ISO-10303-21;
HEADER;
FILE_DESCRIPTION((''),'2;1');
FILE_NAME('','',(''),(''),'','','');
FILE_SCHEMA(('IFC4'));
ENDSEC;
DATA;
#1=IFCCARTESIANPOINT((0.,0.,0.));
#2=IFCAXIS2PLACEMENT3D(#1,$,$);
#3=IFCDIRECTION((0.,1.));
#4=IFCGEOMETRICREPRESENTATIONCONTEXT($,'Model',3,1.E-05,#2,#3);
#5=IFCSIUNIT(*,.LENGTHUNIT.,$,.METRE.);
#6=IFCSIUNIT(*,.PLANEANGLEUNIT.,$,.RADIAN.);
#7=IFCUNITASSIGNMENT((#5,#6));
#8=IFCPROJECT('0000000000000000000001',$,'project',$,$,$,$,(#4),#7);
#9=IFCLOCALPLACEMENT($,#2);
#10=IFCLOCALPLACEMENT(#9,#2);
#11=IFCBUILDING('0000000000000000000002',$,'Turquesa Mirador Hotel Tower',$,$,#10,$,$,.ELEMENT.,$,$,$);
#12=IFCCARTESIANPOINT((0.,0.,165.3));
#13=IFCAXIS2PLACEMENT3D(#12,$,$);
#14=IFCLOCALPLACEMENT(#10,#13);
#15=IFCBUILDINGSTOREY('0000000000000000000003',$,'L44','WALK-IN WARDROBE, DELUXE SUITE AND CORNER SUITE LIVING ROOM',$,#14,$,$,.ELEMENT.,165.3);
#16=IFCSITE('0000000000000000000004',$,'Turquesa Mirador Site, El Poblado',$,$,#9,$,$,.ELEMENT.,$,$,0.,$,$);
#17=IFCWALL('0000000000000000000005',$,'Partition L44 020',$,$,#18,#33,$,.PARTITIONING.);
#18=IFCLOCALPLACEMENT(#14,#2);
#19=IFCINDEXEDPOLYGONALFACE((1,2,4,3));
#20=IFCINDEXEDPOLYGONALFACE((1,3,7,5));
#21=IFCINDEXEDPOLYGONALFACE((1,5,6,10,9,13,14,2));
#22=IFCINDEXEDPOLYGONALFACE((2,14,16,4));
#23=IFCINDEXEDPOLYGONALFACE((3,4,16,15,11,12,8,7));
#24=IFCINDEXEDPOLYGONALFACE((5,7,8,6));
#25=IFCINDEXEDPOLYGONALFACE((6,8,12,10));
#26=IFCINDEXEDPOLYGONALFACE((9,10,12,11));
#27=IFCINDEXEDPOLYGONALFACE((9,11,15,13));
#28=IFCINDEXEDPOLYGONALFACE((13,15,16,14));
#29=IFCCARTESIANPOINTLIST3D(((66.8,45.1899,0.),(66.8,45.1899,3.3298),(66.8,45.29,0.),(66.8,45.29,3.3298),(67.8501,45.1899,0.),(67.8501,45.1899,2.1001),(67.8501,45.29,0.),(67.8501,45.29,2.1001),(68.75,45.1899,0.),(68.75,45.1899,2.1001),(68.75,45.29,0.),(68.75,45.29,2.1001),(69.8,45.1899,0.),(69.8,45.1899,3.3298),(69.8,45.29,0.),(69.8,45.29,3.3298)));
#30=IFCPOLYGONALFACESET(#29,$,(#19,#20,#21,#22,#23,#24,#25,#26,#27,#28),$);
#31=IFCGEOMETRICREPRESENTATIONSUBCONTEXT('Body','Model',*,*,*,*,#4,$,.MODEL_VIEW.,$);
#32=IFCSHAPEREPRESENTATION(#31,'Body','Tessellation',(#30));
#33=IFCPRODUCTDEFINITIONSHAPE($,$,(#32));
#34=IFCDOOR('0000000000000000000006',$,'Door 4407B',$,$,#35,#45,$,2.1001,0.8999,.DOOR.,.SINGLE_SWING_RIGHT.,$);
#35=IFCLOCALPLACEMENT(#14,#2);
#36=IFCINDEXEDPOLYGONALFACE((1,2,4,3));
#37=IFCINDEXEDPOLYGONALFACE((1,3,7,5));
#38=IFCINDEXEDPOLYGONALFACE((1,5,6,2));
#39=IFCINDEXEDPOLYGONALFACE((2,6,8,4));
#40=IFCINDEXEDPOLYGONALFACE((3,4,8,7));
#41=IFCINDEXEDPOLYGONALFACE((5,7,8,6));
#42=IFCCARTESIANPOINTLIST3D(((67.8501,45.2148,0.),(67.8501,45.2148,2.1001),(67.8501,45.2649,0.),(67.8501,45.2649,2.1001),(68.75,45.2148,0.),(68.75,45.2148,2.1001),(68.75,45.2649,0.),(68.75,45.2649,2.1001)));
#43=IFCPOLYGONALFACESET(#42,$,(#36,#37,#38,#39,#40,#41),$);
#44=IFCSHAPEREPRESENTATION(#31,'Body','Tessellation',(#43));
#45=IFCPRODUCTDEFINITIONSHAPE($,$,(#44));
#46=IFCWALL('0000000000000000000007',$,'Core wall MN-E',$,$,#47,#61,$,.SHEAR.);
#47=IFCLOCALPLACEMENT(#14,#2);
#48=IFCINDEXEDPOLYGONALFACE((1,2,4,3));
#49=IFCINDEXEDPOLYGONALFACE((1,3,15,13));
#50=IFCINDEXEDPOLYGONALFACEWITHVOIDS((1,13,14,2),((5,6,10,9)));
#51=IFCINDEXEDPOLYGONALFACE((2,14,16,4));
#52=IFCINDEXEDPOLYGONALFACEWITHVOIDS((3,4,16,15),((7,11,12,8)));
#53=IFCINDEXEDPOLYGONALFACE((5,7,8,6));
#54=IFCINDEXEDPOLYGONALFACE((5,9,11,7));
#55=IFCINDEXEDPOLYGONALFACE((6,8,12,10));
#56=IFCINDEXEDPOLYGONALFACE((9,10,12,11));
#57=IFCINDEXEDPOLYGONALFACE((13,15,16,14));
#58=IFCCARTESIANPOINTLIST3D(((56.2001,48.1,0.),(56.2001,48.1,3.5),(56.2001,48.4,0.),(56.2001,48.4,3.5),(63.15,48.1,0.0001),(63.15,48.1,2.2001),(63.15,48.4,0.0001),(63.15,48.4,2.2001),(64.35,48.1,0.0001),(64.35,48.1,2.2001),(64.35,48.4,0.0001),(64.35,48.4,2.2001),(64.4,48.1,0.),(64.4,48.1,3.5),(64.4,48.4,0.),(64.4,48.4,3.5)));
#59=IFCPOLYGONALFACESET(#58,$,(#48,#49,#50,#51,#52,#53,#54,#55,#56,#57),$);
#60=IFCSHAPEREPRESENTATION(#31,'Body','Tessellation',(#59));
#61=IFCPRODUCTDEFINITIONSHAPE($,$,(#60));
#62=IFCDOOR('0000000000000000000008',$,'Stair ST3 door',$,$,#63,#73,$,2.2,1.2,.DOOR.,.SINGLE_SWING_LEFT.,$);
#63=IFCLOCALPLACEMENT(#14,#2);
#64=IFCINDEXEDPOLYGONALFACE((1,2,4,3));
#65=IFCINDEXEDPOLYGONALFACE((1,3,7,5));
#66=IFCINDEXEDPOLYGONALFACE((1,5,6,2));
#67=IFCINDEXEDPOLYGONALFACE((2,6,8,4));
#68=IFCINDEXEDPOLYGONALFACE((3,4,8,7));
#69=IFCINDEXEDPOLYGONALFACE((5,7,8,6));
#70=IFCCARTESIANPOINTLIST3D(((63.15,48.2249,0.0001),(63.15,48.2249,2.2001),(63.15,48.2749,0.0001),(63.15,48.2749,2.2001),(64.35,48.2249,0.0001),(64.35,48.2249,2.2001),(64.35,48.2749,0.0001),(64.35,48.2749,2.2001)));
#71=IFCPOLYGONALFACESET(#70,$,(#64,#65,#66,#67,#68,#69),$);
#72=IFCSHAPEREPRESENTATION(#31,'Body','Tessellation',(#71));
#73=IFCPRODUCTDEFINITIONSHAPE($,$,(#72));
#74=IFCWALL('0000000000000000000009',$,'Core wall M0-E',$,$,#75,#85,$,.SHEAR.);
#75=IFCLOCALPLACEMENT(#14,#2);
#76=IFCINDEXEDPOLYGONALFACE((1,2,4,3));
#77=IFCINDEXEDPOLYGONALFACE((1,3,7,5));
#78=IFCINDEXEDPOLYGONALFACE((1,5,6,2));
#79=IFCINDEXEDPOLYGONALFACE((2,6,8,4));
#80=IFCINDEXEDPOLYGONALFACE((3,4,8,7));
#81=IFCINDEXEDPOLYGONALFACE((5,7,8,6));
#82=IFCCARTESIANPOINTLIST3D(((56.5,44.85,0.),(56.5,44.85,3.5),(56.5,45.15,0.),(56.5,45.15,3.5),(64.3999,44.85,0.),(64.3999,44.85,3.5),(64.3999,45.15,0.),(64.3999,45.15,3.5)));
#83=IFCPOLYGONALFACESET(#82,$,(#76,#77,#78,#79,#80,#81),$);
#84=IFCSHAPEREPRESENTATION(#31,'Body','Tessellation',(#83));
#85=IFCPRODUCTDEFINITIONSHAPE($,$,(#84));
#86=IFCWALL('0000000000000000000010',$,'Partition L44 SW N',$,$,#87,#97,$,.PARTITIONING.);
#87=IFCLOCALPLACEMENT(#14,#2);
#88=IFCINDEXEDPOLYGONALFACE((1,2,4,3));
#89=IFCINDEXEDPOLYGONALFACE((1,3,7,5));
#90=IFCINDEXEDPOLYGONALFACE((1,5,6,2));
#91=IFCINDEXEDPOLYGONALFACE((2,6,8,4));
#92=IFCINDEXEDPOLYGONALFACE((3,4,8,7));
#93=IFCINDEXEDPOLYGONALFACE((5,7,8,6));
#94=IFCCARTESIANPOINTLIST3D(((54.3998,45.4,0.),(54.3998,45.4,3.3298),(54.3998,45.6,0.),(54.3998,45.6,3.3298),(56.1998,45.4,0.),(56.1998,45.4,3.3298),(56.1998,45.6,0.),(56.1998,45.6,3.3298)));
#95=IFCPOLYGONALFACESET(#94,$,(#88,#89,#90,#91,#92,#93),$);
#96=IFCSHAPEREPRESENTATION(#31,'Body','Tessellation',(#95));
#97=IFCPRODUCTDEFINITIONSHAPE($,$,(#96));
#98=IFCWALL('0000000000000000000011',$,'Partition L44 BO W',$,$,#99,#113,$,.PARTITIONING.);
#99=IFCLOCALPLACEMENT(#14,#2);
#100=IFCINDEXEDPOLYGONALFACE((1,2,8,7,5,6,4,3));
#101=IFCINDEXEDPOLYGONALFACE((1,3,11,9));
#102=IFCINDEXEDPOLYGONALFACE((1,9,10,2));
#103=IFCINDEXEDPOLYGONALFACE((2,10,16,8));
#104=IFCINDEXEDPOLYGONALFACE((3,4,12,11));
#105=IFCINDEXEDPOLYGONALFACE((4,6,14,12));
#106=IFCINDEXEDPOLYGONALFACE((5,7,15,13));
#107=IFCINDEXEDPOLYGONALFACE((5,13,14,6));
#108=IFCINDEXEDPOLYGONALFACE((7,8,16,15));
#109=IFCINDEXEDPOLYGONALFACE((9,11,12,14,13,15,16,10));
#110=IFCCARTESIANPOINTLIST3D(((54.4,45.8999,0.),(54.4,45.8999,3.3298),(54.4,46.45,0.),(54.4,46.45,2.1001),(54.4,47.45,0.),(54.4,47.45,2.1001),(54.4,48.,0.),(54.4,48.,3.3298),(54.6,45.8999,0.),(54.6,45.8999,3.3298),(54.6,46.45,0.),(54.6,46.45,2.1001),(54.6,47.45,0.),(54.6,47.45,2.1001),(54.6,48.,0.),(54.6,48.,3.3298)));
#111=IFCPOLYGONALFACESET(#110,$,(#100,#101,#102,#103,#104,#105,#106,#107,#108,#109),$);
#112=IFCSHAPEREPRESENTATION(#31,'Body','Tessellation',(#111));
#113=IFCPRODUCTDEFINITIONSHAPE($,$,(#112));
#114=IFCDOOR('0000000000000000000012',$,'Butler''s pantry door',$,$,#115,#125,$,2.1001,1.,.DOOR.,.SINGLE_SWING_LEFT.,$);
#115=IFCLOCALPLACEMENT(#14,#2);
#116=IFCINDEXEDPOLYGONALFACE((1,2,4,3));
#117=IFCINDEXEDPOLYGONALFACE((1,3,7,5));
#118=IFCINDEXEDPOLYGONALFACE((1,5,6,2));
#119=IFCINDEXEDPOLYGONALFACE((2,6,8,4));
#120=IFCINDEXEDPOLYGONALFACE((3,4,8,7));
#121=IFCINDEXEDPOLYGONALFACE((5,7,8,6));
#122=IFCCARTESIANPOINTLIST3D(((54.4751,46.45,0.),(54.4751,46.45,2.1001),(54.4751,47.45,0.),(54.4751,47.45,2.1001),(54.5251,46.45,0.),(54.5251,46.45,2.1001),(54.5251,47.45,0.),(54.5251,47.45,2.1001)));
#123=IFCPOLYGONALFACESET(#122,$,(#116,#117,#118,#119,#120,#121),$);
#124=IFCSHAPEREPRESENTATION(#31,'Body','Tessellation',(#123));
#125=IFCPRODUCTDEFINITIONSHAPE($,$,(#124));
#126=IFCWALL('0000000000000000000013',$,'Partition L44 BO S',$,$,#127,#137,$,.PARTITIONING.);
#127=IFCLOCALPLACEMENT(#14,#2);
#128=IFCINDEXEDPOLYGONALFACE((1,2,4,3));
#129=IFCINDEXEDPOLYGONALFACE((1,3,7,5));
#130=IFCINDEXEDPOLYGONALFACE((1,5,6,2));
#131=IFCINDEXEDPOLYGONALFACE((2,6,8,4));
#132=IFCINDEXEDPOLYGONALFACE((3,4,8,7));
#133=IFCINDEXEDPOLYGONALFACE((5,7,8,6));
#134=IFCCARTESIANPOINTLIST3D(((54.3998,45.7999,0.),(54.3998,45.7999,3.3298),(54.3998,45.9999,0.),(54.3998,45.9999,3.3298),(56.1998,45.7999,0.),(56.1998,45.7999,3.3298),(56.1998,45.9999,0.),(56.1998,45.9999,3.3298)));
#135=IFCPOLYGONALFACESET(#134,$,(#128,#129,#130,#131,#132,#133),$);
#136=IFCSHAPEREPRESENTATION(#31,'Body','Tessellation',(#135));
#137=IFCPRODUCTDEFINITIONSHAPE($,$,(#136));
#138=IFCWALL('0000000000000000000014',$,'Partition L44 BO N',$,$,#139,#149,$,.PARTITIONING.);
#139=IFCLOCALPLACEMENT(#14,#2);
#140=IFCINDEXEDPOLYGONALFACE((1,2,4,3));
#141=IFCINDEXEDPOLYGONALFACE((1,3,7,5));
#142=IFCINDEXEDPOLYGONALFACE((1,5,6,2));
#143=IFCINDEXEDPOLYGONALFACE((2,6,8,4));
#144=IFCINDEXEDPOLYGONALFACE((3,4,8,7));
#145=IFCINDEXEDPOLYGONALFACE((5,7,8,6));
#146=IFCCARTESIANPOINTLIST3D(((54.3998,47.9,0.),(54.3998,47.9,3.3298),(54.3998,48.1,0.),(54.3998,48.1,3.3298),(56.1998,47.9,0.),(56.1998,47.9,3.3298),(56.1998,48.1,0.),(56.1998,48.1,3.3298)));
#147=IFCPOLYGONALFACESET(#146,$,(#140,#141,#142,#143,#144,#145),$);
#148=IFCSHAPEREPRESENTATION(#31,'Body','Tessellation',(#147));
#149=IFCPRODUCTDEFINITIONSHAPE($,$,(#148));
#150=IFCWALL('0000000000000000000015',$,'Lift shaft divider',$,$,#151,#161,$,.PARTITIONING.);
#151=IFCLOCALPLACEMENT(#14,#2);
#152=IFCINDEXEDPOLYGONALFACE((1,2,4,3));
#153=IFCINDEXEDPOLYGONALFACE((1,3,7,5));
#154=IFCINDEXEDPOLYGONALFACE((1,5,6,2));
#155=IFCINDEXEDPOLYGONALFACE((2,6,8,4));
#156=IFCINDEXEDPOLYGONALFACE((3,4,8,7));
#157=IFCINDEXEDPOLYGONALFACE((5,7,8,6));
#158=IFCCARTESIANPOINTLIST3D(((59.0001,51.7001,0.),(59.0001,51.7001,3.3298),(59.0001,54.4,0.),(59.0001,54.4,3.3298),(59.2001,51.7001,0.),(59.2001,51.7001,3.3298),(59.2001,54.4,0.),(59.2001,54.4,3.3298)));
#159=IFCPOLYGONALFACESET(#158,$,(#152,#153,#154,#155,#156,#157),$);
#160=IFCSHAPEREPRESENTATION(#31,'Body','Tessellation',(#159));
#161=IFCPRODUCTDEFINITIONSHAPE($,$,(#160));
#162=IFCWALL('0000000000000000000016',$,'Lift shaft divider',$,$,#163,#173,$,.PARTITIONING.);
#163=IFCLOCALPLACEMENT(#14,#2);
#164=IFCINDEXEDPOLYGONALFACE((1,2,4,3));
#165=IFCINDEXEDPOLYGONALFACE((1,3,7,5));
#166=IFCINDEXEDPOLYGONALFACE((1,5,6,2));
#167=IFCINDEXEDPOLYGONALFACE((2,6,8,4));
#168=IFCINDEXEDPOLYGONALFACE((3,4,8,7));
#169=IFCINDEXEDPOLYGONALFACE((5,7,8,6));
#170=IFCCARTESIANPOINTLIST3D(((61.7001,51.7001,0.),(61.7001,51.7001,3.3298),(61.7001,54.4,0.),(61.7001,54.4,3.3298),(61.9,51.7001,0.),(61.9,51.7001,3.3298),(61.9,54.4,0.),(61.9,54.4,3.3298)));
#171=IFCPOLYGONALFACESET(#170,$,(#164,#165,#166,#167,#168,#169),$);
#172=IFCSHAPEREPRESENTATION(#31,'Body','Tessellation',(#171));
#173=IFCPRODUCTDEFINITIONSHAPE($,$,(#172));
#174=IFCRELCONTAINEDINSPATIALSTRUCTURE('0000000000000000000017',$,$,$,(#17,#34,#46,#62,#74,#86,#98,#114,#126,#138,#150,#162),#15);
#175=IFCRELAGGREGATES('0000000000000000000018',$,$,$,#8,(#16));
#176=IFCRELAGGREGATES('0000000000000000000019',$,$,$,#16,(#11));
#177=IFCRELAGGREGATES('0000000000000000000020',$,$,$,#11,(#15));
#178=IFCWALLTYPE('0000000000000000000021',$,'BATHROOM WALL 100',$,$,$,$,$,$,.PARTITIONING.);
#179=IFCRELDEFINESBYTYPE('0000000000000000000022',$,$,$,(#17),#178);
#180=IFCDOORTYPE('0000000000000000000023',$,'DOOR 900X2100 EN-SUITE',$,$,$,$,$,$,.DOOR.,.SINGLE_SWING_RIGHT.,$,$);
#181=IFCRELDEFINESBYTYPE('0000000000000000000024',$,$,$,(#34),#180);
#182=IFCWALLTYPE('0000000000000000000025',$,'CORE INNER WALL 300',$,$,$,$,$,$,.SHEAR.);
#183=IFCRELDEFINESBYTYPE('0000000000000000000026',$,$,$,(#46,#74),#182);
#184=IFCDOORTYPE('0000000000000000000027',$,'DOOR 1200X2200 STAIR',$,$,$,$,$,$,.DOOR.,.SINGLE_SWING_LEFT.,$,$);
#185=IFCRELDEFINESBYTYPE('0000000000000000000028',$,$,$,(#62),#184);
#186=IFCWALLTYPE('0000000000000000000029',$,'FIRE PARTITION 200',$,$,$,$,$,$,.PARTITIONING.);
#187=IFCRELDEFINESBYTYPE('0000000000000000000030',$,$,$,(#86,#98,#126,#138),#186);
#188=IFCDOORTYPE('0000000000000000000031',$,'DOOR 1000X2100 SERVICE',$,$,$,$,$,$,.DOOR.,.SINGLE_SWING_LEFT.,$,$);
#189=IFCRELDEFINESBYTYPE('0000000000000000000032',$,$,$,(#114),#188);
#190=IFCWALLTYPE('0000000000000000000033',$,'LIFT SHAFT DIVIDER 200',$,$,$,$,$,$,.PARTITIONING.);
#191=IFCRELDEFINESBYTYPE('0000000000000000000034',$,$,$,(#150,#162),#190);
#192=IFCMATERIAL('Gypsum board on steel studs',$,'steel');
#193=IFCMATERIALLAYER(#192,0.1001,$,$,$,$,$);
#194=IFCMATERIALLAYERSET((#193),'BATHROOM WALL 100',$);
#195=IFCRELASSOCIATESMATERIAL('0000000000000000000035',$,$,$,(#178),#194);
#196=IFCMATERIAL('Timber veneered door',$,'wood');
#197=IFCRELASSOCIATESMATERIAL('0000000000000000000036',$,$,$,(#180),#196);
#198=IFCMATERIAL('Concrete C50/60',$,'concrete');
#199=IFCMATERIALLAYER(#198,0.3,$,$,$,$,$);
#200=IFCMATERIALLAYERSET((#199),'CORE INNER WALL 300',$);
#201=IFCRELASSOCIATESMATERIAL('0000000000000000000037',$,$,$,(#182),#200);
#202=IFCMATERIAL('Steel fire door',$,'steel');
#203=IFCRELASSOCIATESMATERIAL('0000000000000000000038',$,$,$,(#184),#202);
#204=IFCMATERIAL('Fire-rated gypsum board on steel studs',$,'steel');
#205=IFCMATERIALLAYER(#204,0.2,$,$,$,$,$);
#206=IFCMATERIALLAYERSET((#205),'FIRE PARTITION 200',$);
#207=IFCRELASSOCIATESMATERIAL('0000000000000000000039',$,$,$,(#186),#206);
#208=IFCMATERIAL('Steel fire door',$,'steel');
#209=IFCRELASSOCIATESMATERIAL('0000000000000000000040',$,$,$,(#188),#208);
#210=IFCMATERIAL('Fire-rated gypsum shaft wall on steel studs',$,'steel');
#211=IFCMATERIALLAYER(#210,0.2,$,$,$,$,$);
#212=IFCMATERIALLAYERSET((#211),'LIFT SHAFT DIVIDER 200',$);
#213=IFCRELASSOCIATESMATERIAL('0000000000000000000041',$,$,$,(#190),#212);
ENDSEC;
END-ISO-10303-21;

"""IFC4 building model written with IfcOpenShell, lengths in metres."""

from ifc_helpers import new_model, si_unit, direction, frame, frame_2d, origin, place, context, subcontext, project, spatial, rectangle, extrude, material, layer, layer_set, type_object, element, fill, save


model = new_model("IFC4")

# Units and contexts
model_context = context("Model", 3, precision=1e-05, world=origin(), true_north=direction((0.0, 1.0)))
body_context = subcontext(model_context, "Body", "Model", "MODEL_VIEW")
ifc_project = project(units=[si_unit("LENGTHUNIT", "METRE"), si_unit("PLANEANGLEUNIT", "RADIAN")], contexts=[model_context])

# Site, building, storey
site_placement = place(None, origin())
site = spatial("IfcSite", under=ifc_project, at=site_placement, Name="Turquesa Mirador Site, El Poblado", CompositionType="ELEMENT", RefElevation=0.0)
building_placement = place(site_placement, origin())
building = spatial("IfcBuilding", under=site, at=building_placement, Name="Turquesa Mirador Hotel Tower", CompositionType="ELEMENT")
storey_placement = place(building_placement, frame((0.0, 0.0, 165.3)))
storey = spatial("IfcBuildingStorey", under=building, at=storey_placement, Name="L44", Description="WALK-IN WARDROBE, DELUXE SUITE AND CORNER SUITE LIVING ROOM", CompositionType="ELEMENT", Elevation=165.3)

# Walls, openings, doors
ifc_material_1 = material(Name="Gypsum board on steel studs", Category="steel")
ifc_layer_1 = layer(ifc_material_1, 0.1001)
ifc_layer_set_1 = layer_set([ifc_layer_1], Name="BATHROOM WALL 100")
wall_type_1 = type_object("IfcWallType", Name="BATHROOM WALL 100", PredefinedType="PARTITIONING", material=ifc_layer_set_1)
wall_1_placement = place(storey_placement, frame((66.8, 45.24, 0.0), z_axis=(0.0, 0.0, 1.0), x_axis=(1.0, 0.0, 0.0)))
wall_1 = element("IfcWall", 1, at=wall_1_placement, inside=storey, type_object=wall_type_1, Name="Partition L44 020", PredefinedType="PARTITIONING", context=body_context, shape_type="SweptSolid", body=[
    extrude(rectangle(XDim=3.0, YDim=0.1001, at=frame_2d((1.5, 0.0))), origin(), (0.0, 0.0, 1.0), 3.3298),
])
opening_1_placement = place(wall_1_placement, frame((1.05, 0.0, 0.0)))
opening_1 = element("IfcOpeningElement", 2, at=opening_1_placement, cuts=wall_1, PredefinedType="OPENING", context=body_context, shape_type="SweptSolid", body=[
    extrude(rectangle(XDim=0.8999, YDim=2.1001, at=frame_2d((0.45, 1.05))), frame((0.0, 0.0601, 0.0), z_axis=(0.0, -1.0, 0.0), x_axis=(1.0, 0.0, 0.0)), (0.0, 0.0, 1.0), 0.1201),
])
ifc_material_2 = material(Name="Timber veneered door", Category="wood")
door_type_1 = type_object("IfcDoorType", Name="DOOR 900X2100 EN-SUITE", OperationType="SINGLE_SWING_RIGHT", PredefinedType="DOOR", material=ifc_material_2)
door_1_placement = place(opening_1_placement, origin())
door_1 = element("IfcDoor", 3, at=door_1_placement, inside=storey, type_object=door_type_1, Name="Door 4407B", OperationType="SINGLE_SWING_RIGHT", OverallHeight=2.1001, OverallWidth=0.8999, PredefinedType="DOOR", context=body_context, shape_type="SweptSolid", body=[
    extrude(rectangle(XDim=0.8999, YDim=2.1001, at=frame_2d((0.45, 1.05))), frame((0.0, 0.0249, 0.0), z_axis=(0.0, -1.0, 0.0), x_axis=(1.0, 0.0, 0.0)), (0.0, 0.0, 1.0), 0.05),
])
fill(opening_1, door_1)
ifc_material_3 = material(Name="Concrete C50/60", Category="concrete")
ifc_layer_2 = layer(ifc_material_3, 0.3)
ifc_layer_set_2 = layer_set([ifc_layer_2], Name="CORE INNER WALL 300")
wall_type_2 = type_object("IfcWallType", Name="CORE INNER WALL 300", PredefinedType="SHEAR", material=ifc_layer_set_2)
wall_2_placement = place(storey_placement, frame((56.2, 48.25, 0.0), z_axis=(0.0, 0.0, 1.0), x_axis=(1.0, 0.0, 0.0)))
wall_2 = element("IfcWall", 4, at=wall_2_placement, inside=storey, type_object=wall_type_2, Name="Core wall MN-E", PredefinedType="SHEAR", context=body_context, shape_type="SweptSolid", body=[
    extrude(rectangle(XDim=8.2, YDim=0.3, at=frame_2d((4.1001, 0.0))), origin(), (0.0, 0.0, 1.0), 3.5),
])
opening_2_placement = place(wall_2_placement, frame((6.95, 0.0, 0.0)))
opening_2 = element("IfcOpeningElement", 5, at=opening_2_placement, cuts=wall_2, PredefinedType="OPENING", context=body_context, shape_type="SweptSolid", body=[
    extrude(rectangle(XDim=1.2, YDim=2.2, at=frame_2d((0.6001, 1.1001))), frame((0.0, 0.1599, 0.0), z_axis=(0.0, -1.0, 0.0), x_axis=(1.0, 0.0, 0.0)), (0.0, 0.0, 1.0), 0.3201),
])
ifc_material_4 = material(Name="Steel fire door", Category="steel")
door_type_2 = type_object("IfcDoorType", Name="DOOR 1200X2200 STAIR", OperationType="SINGLE_SWING_LEFT", PredefinedType="DOOR", material=ifc_material_4)
door_2_placement = place(opening_2_placement, origin())
door_2 = element("IfcDoor", 6, at=door_2_placement, inside=storey, type_object=door_type_2, Name="Stair ST3 door", OperationType="SINGLE_SWING_LEFT", OverallHeight=2.2, OverallWidth=1.2, PredefinedType="DOOR", context=body_context, shape_type="SweptSolid", body=[
    extrude(rectangle(XDim=1.2, YDim=2.2, at=frame_2d((0.6001, 1.1001))), frame((0.0, 0.0249, 0.0), z_axis=(0.0, -1.0, 0.0), x_axis=(1.0, 0.0, 0.0)), (0.0, 0.0, 1.0), 0.05),
])
fill(opening_2, door_2)

# Walls
wall_3_placement = place(storey_placement, frame((56.5, 45.0, 0.0), z_axis=(0.0, 0.0, 1.0), x_axis=(1.0, 0.0, 0.0)))
element("IfcWall", 7, at=wall_3_placement, inside=storey, type_object=wall_type_2, Name="Core wall M0-E", PredefinedType="SHEAR", context=body_context, shape_type="SweptSolid", body=[
    extrude(rectangle(XDim=7.8999, YDim=0.3, at=frame_2d((3.95, 0.0))), origin(), (0.0, 0.0, 1.0), 3.5),
])
ifc_material_5 = material(Name="Fire-rated gypsum board on steel studs", Category="steel")
ifc_layer_3 = layer(ifc_material_5, 0.2)
ifc_layer_set_3 = layer_set([ifc_layer_3], Name="FIRE PARTITION 200")
wall_type_3 = type_object("IfcWallType", Name="FIRE PARTITION 200", PredefinedType="PARTITIONING", material=ifc_layer_set_3)
wall_4_placement = place(storey_placement, frame((54.3999, 45.5, 0.0), z_axis=(0.0, 0.0, 1.0), x_axis=(1.0, 0.0, 0.0)))
element("IfcWall", 8, at=wall_4_placement, inside=storey, type_object=wall_type_3, Name="Partition L44 SW N", PredefinedType="PARTITIONING", context=body_context, shape_type="SweptSolid", body=[
    extrude(rectangle(XDim=1.8, YDim=0.2, at=frame_2d((0.8999, 0.0))), origin(), (0.0, 0.0, 1.0), 3.3298),
])

# Wall, opening, door
wall_5_placement = place(storey_placement, frame((54.5, 45.8999, 0.0), z_axis=(0.0, 0.0, 1.0), x_axis=(0.0, 1.0, 0.0)))
wall_5 = element("IfcWall", 9, at=wall_5_placement, inside=storey, type_object=wall_type_3, Name="Partition L44 BO W", PredefinedType="PARTITIONING", context=body_context, shape_type="SweptSolid", body=[
    extrude(rectangle(XDim=2.1001, YDim=0.2, at=frame_2d((1.05, 0.0))), origin(), (0.0, 0.0, 1.0), 3.3298),
])
opening_3_placement = place(wall_5_placement, frame((0.55, 0.0, 0.0)))
opening_3 = element("IfcOpeningElement", 10, at=opening_3_placement, cuts=wall_5, PredefinedType="OPENING", context=body_context, shape_type="SweptSolid", body=[
    extrude(rectangle(XDim=1.0, YDim=2.1001, at=frame_2d((0.5, 1.05))), frame((0.0, 0.1099, 0.0), z_axis=(0.0, -1.0, 0.0), x_axis=(1.0, 0.0, 0.0)), (0.0, 0.0, 1.0), 0.22),
])
ifc_material_6 = material(Name="Steel fire door", Category="steel")
door_type_3 = type_object("IfcDoorType", Name="DOOR 1000X2100 SERVICE", OperationType="SINGLE_SWING_LEFT", PredefinedType="DOOR", material=ifc_material_6)
door_3_placement = place(opening_3_placement, origin())
door_3 = element("IfcDoor", 11, at=door_3_placement, inside=storey, type_object=door_type_3, Name="Butler's pantry door", OperationType="SINGLE_SWING_LEFT", OverallHeight=2.1001, OverallWidth=1.0, PredefinedType="DOOR", context=body_context, shape_type="SweptSolid", body=[
    extrude(rectangle(XDim=1.0, YDim=2.1001, at=frame_2d((0.5, 1.05))), frame((0.0, 0.0249, 0.0), z_axis=(0.0, -1.0, 0.0), x_axis=(1.0, 0.0, 0.0)), (0.0, 0.0, 1.0), 0.05),
])
fill(opening_3, door_3)

# Walls
for number, where, z_axis, x_axis, name in (
    (12, (54.3999, 45.8999, 0.0), (0.0, 0.0, 1.0), (1.0, 0.0, 0.0), "Partition L44 BO S"),
    (13, (54.3999, 48.0, 0.0), (0.0, 0.0, 1.0), (1.0, 0.0, 0.0), "Partition L44 BO N"),
):
    element("IfcWall", number, at=place(storey_placement, frame(where, z_axis=z_axis, x_axis=x_axis)), inside=storey, type_object=wall_type_3, Name=name, PredefinedType="PARTITIONING", context=body_context, shape_type="SweptSolid", body=[
        extrude(rectangle(XDim=1.8, YDim=0.2, at=frame_2d((0.8999, 0.0))), origin(), (0.0, 0.0, 1.0), 3.3298),
    ])
ifc_material_7 = material(Name="Fire-rated gypsum shaft wall on steel studs", Category="steel")
ifc_layer_4 = layer(ifc_material_7, 0.2)
ifc_layer_set_4 = layer_set([ifc_layer_4], Name="LIFT SHAFT DIVIDER 200")
wall_type_4 = type_object("IfcWallType", Name="LIFT SHAFT DIVIDER 200", PredefinedType="PARTITIONING", material=ifc_layer_set_4)
for number, where, z_axis, x_axis, name in (
    (14, (59.1001, 51.7, 0.0), (0.0, 0.0, 1.0), (0.0, 1.0, 0.0), "Lift shaft divider"),
    (15, (61.8, 51.7, 0.0), (0.0, 0.0, 1.0), (0.0, 1.0, 0.0), "Lift shaft divider"),
):
    element("IfcWall", number, at=place(storey_placement, frame(where, z_axis=z_axis, x_axis=x_axis)), inside=storey, type_object=wall_type_4, Name=name, PredefinedType="PARTITIONING", context=body_context, shape_type="SweptSolid", body=[
        extrude(rectangle(XDim=2.7, YDim=0.2, at=frame_2d((1.3501, 0.0))), origin(), (0.0, 0.0, 1.0), 3.3298),
    ])

save(model, "model.ifc")
